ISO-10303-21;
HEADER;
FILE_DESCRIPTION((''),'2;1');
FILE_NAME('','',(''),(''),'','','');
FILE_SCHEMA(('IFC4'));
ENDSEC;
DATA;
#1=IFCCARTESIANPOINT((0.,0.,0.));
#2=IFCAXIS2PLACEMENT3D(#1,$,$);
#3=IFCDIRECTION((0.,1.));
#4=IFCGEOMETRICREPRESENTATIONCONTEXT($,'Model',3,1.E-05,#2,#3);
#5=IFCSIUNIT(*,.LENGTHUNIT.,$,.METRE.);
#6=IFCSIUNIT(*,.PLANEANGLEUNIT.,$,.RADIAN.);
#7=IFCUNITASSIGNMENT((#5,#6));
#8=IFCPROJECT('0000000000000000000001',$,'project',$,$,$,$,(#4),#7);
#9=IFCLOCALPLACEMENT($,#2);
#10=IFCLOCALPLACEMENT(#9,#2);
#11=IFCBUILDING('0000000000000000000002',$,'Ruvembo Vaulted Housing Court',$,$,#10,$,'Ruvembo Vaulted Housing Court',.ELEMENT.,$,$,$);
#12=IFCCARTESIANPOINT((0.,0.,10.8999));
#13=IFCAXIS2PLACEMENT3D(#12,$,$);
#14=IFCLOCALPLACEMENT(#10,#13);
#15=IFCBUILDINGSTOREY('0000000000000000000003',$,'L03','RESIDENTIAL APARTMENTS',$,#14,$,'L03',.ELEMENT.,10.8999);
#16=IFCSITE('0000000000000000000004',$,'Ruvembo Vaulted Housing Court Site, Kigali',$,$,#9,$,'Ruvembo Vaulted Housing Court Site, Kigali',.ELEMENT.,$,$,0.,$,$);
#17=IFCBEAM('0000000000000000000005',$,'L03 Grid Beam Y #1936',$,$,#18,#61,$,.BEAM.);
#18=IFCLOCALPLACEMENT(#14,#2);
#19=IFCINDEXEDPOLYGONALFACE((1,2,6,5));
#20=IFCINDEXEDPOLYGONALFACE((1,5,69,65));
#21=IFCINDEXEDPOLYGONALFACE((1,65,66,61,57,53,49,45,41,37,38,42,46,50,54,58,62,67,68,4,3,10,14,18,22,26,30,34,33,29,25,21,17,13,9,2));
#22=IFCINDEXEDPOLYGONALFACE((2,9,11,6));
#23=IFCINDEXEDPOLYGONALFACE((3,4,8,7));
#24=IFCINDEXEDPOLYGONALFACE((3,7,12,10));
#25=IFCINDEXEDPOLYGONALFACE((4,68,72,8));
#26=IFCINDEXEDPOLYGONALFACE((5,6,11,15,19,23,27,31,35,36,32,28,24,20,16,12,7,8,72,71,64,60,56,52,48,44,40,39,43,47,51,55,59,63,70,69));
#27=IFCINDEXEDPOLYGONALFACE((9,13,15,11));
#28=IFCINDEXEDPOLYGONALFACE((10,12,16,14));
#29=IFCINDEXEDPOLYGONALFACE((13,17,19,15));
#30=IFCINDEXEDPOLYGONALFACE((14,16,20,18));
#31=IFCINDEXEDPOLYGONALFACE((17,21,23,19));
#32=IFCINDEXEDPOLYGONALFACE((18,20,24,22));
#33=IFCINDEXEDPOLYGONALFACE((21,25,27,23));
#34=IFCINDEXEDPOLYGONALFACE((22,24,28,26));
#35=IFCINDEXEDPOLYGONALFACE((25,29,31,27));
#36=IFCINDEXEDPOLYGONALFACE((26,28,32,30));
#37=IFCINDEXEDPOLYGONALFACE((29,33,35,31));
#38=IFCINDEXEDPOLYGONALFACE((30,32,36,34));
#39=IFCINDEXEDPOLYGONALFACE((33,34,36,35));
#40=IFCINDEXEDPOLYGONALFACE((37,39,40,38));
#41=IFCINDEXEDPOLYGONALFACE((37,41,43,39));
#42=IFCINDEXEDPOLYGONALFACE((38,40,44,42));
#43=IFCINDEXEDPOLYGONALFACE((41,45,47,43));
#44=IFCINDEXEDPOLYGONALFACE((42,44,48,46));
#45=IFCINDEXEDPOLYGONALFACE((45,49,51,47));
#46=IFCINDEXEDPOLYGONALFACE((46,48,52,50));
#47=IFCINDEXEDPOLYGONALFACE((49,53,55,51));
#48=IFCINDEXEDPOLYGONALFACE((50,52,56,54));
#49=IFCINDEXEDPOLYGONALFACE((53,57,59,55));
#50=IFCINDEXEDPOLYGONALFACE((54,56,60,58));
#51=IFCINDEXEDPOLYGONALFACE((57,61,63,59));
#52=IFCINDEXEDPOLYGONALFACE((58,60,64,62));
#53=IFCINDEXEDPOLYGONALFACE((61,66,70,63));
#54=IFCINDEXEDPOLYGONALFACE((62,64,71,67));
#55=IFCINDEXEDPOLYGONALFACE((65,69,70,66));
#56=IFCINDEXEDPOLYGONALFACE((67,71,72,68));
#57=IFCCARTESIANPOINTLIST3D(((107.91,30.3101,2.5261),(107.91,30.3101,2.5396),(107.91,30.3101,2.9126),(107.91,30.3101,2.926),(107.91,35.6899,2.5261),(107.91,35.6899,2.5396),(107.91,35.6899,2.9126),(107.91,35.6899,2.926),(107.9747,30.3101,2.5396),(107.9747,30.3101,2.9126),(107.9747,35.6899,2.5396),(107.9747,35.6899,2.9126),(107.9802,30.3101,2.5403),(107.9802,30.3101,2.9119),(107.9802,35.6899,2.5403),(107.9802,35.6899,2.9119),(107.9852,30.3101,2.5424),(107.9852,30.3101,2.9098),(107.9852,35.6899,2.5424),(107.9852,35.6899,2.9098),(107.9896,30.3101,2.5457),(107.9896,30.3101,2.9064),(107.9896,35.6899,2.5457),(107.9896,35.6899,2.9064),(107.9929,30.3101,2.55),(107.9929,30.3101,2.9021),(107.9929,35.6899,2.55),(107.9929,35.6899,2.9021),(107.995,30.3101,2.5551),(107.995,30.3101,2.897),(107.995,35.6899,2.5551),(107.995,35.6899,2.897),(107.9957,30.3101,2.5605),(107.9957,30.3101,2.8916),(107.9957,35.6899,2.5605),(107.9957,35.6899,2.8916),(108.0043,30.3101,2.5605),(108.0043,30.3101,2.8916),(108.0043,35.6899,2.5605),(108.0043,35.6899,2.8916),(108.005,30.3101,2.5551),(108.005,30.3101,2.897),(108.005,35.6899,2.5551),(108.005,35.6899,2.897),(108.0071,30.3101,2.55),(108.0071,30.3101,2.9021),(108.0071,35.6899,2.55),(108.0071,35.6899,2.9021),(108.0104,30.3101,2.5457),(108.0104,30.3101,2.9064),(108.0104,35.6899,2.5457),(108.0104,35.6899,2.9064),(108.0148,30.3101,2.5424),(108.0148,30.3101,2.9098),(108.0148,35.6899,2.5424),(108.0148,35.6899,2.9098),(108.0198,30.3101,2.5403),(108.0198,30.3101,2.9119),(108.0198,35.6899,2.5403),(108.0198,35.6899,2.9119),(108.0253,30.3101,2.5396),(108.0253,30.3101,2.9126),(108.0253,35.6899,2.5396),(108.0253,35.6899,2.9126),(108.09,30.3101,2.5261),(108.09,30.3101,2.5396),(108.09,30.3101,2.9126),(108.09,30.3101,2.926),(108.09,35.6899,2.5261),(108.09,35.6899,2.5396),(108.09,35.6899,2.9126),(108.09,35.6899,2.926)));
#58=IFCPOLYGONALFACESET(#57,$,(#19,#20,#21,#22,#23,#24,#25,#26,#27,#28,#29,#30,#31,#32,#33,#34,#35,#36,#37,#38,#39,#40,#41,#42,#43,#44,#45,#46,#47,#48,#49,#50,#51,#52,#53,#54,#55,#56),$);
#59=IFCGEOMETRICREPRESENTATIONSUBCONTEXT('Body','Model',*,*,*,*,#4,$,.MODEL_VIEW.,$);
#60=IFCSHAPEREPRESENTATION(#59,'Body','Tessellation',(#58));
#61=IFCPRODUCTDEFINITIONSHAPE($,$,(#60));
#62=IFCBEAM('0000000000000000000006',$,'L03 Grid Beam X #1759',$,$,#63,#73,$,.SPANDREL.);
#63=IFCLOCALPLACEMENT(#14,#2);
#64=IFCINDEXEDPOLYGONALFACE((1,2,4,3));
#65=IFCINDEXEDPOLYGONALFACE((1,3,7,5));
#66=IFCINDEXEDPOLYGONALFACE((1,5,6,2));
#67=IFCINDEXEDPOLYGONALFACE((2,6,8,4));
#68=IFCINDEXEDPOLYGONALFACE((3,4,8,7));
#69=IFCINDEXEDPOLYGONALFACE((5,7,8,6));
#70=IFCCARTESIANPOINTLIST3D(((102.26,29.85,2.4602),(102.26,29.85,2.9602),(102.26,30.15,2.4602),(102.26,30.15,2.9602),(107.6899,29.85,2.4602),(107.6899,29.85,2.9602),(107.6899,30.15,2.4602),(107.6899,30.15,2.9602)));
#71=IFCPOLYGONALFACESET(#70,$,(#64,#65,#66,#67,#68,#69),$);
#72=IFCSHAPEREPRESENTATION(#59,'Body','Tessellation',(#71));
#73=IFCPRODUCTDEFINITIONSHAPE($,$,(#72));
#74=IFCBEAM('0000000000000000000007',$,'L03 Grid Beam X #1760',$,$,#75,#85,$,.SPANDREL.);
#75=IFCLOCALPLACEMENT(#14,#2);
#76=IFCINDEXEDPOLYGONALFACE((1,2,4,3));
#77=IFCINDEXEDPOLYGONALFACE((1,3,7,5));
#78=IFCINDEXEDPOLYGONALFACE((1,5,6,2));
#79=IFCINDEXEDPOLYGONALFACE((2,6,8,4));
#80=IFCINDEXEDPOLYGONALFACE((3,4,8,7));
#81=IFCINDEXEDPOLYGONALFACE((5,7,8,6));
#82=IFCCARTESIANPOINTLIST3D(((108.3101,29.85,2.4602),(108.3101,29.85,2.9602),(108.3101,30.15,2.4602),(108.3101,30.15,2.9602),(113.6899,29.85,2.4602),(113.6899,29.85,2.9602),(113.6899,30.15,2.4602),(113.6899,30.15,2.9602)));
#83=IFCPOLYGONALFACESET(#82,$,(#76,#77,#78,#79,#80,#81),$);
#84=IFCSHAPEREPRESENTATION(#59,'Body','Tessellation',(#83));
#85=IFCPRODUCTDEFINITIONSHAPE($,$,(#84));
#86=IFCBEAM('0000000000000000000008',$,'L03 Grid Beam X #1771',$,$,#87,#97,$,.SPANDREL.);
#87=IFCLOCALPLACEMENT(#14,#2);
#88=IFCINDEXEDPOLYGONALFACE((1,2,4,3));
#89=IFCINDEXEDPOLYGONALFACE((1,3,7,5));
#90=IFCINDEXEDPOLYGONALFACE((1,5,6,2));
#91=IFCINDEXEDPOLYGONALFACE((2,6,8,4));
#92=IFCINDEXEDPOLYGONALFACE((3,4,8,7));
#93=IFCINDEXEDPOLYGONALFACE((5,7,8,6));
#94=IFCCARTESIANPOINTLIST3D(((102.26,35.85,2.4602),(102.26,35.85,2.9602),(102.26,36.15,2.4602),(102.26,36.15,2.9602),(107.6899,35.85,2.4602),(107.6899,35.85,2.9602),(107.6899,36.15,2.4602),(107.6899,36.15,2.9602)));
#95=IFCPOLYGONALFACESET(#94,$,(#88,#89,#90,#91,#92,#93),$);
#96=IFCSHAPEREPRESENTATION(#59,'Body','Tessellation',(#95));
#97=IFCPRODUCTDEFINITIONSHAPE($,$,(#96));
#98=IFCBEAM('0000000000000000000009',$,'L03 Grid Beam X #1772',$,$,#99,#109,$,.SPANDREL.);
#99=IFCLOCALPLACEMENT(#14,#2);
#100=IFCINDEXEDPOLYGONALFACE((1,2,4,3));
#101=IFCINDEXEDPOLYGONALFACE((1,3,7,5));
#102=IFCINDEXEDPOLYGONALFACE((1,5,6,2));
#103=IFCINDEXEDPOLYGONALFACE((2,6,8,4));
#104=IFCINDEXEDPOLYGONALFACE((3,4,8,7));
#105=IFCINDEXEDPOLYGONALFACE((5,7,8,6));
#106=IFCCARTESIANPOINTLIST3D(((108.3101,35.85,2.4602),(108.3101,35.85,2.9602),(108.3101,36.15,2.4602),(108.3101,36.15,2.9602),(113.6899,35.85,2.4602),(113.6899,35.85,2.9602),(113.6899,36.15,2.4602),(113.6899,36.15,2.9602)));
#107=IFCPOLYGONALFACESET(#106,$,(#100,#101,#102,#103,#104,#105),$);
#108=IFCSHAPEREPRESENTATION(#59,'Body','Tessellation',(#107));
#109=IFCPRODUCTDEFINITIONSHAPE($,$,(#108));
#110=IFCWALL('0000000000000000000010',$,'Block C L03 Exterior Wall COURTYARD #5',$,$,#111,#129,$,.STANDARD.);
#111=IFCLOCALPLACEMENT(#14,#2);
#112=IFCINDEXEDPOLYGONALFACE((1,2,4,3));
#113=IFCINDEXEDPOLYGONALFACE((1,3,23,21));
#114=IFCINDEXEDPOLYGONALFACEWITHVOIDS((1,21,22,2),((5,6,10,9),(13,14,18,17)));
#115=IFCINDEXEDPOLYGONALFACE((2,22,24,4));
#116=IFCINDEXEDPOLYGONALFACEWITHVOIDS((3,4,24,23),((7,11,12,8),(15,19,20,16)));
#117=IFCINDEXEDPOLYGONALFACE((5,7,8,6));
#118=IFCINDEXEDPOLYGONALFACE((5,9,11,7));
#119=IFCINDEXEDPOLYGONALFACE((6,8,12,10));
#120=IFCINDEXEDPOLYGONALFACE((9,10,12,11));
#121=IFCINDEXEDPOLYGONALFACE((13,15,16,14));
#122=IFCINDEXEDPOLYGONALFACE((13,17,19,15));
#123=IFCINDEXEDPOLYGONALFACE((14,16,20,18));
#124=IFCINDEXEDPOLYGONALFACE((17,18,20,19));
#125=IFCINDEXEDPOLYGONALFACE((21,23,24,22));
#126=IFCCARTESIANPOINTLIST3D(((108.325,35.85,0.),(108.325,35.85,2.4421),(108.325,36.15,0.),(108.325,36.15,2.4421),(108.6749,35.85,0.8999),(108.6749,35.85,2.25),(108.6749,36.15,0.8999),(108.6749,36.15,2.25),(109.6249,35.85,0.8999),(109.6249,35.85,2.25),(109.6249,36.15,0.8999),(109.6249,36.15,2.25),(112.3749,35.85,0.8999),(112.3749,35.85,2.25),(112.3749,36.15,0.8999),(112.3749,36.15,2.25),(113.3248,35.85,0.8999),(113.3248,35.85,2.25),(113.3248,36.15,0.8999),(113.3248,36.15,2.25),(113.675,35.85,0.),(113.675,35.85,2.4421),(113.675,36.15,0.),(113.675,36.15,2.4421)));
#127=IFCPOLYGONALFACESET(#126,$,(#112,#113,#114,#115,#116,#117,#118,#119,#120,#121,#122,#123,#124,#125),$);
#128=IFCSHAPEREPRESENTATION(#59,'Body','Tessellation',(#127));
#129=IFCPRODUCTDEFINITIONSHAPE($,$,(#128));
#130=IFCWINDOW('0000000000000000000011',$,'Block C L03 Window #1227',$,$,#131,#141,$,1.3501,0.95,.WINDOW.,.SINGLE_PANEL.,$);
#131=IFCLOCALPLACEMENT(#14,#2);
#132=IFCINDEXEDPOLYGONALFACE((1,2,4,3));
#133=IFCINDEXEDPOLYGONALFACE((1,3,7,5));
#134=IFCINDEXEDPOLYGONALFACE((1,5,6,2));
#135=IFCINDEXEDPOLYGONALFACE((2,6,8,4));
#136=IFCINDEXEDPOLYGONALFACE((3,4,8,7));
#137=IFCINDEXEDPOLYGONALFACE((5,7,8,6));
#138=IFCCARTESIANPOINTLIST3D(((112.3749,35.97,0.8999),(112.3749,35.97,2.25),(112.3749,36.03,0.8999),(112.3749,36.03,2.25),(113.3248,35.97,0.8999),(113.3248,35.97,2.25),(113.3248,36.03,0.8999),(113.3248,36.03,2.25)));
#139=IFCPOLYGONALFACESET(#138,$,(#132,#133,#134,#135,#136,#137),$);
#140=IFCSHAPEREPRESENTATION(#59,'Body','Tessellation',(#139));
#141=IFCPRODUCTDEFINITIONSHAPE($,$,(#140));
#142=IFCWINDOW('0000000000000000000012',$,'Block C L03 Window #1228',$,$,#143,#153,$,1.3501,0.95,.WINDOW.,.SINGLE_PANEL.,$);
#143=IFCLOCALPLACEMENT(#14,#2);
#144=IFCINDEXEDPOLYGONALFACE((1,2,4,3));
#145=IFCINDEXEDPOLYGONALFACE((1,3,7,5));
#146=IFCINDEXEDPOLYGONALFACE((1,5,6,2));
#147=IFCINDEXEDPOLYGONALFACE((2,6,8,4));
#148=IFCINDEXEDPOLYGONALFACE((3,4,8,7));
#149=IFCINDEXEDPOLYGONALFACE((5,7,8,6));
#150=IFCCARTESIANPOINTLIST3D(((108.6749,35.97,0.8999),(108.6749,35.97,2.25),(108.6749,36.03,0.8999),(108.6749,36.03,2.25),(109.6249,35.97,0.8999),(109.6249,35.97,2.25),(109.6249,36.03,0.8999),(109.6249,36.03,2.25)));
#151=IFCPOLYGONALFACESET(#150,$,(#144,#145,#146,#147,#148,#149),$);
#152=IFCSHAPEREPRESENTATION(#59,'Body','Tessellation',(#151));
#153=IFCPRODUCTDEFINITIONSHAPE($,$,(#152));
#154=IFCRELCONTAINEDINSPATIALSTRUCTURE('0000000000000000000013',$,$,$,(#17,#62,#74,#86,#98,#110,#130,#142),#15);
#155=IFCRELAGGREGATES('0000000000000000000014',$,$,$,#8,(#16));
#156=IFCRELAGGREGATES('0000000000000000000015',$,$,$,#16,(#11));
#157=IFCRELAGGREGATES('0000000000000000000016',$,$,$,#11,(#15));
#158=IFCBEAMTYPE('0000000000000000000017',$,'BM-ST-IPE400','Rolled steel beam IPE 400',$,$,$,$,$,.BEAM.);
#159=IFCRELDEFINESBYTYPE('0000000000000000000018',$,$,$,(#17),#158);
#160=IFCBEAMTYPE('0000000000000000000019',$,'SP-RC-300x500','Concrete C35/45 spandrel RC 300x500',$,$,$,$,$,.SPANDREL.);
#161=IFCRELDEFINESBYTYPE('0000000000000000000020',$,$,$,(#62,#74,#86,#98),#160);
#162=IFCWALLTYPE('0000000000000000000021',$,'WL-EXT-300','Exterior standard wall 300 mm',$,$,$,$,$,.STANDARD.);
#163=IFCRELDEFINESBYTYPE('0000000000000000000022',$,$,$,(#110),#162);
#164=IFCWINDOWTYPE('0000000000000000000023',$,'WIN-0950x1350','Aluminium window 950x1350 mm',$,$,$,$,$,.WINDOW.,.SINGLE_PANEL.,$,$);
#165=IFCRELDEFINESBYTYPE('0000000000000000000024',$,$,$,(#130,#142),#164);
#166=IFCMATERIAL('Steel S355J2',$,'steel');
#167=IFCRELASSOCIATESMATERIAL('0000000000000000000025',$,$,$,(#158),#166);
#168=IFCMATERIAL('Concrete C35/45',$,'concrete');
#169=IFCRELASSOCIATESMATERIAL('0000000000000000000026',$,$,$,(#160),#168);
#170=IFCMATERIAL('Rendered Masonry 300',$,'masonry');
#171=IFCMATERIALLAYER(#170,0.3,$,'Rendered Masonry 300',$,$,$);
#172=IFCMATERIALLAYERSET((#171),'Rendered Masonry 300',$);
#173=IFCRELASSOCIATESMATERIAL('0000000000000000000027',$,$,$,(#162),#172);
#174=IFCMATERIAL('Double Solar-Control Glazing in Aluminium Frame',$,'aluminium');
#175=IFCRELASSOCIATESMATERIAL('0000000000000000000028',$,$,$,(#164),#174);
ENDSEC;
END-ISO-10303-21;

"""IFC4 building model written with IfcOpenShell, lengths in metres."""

from ifc_helpers import new_model, si_unit, direction, frame, frame_2d, origin, origin_2d, place, context, subcontext, project, spatial, rectangle, i_section, extrude, material, layer, layer_set, material_profile, profile_set, type_object, element, fill, save


model = new_model("IFC4")

# Units and contexts
model_context = context("Model", 3, precision=1e-05, world=origin(), true_north=direction((0.0, 1.0)))
body_context = subcontext(model_context, "Body", "Model", "MODEL_VIEW")
ifc_project = project(units=[si_unit("LENGTHUNIT", "METRE"), si_unit("PLANEANGLEUNIT", "RADIAN")], contexts=[model_context])

# Site, building, storey
site_placement = place(None, origin())
site = spatial("IfcSite", under=ifc_project, at=site_placement, Name="Ruvembo Vaulted Housing Court Site, Kigali", LongName="Ruvembo Vaulted Housing Court Site, Kigali", CompositionType="ELEMENT", RefElevation=0.0)
building_placement = place(site_placement, origin())
building = spatial("IfcBuilding", under=site, at=building_placement, Name="Ruvembo Vaulted Housing Court", LongName="Ruvembo Vaulted Housing Court", CompositionType="ELEMENT")
storey_placement = place(building_placement, frame((0.0, 0.0, 10.8999)))
storey = spatial("IfcBuildingStorey", under=building, at=storey_placement, Name="L03", Description="RESIDENTIAL APARTMENTS", LongName="L03", CompositionType="ELEMENT", Elevation=10.8999)

# Beams
ifc_material_1 = material(Name="Steel S355J2", Category="steel")
ifc_material_profile_1 = material_profile(ifc_material_1, i_section(OverallWidth=0.1799, OverallDepth=0.3999, WebThickness=0.0085, FlangeThickness=0.0134, FilletRadius=0.021, at=origin_2d()), Name="IPE 400")
ifc_profile_set_1 = profile_set([ifc_material_profile_1], Name="Steel S355J2")
beam_type_1 = type_object("IfcBeamType", Name="BM-ST-IPE400", Description="Rolled steel beam IPE 400", PredefinedType="BEAM", material=ifc_profile_set_1)
beam_1_placement = place(storey_placement, frame((108.0, 30.3101, 2.7261), z_axis=(0.0, 1.0, 0.0), x_axis=(-1.0, 0.0, 0.0)))
element("IfcBeam", 1, at=beam_1_placement, inside=storey, type_object=beam_type_1, Name="L03 Grid Beam Y #1936", PredefinedType="BEAM", context=body_context, shape_type="SweptSolid", body=[
    extrude(i_section(OverallWidth=0.1799, OverallDepth=0.3999, WebThickness=0.0085, FlangeThickness=0.0134, FilletRadius=0.021, at=origin_2d()), origin(), (0.0, 0.0, 1.0), 5.3799),
])
ifc_material_2 = material(Name="Concrete C35/45", Category="concrete")
ifc_material_profile_2 = material_profile(ifc_material_2, rectangle(XDim=0.3, YDim=0.5, at=origin_2d()), Name="RC 300x500")
ifc_profile_set_2 = profile_set([ifc_material_profile_2], Name="Concrete C35/45")
beam_type_2 = type_object("IfcBeamType", Name="SP-RC-300x500", Description="Concrete C35/45 spandrel RC 300x500", PredefinedType="SPANDREL", material=ifc_profile_set_2)
beam_2_placement = place(storey_placement, frame((102.26, 30.0, 2.7102), z_axis=(1.0, 0.0, 0.0), x_axis=(0.0, 1.0, 0.0)))
element("IfcBeam", 2, at=beam_2_placement, inside=storey, type_object=beam_type_2, Name="L03 Grid Beam X #1759", PredefinedType="SPANDREL", context=body_context, shape_type="SweptSolid", body=[
    extrude(rectangle(XDim=0.3, YDim=0.5, at=origin_2d()), origin(), (0.0, 0.0, 1.0), 5.4299),
])
beam_3_placement = place(storey_placement, frame((108.3101, 30.0, 2.7102), z_axis=(1.0, 0.0, 0.0), x_axis=(0.0, 1.0, 0.0)))
element("IfcBeam", 3, at=beam_3_placement, inside=storey, type_object=beam_type_2, Name="L03 Grid Beam X #1760", PredefinedType="SPANDREL", context=body_context, shape_type="SweptSolid", body=[
    extrude(rectangle(XDim=0.3, YDim=0.5, at=origin_2d()), origin(), (0.0, 0.0, 1.0), 5.3799),
])
beam_4_placement = place(storey_placement, frame((102.26, 36.0, 2.7102), z_axis=(1.0, 0.0, 0.0), x_axis=(0.0, 1.0, 0.0)))
element("IfcBeam", 4, at=beam_4_placement, inside=storey, type_object=beam_type_2, Name="L03 Grid Beam X #1771", PredefinedType="SPANDREL", context=body_context, shape_type="SweptSolid", body=[
    extrude(rectangle(XDim=0.3, YDim=0.5, at=origin_2d()), origin(), (0.0, 0.0, 1.0), 5.4299),
])
beam_5_placement = place(storey_placement, frame((108.3101, 36.0, 2.7102), z_axis=(1.0, 0.0, 0.0), x_axis=(0.0, 1.0, 0.0)))
element("IfcBeam", 5, at=beam_5_placement, inside=storey, type_object=beam_type_2, Name="L03 Grid Beam X #1772", PredefinedType="SPANDREL", context=body_context, shape_type="SweptSolid", body=[
    extrude(rectangle(XDim=0.3, YDim=0.5, at=origin_2d()), origin(), (0.0, 0.0, 1.0), 5.3799),
])

# Wall, openings, windows
ifc_material_3 = material(Name="Rendered Masonry 300", Category="masonry")
ifc_layer_1 = layer(ifc_material_3, 0.3, Name="Rendered Masonry 300")
ifc_layer_set_1 = layer_set([ifc_layer_1], Name="Rendered Masonry 300")
wall_type_1 = type_object("IfcWallType", Name="WL-EXT-300", Description="Exterior standard wall 300 mm", PredefinedType="STANDARD", material=ifc_layer_set_1)
wall_1_placement = place(storey_placement, frame((113.675, 36.0, 0.0), z_axis=(0.0, 0.0, 1.0), x_axis=(-1.0, 0.0, 0.0)))
wall_1 = element("IfcWall", 6, at=wall_1_placement, inside=storey, type_object=wall_type_1, Name="Block C L03 Exterior Wall COURTYARD #5", PredefinedType="STANDARD", context=body_context, shape_type="SweptSolid", body=[
    extrude(rectangle(XDim=5.3501, YDim=0.3, at=frame_2d((2.675, 0.0))), origin(), (0.0, 0.0, 1.0), 2.4421),
])
opening_1_placement = place(wall_1_placement, frame((0.3501, 0.0, 0.8999)))
opening_1 = element("IfcOpeningElement", 7, at=opening_1_placement, cuts=wall_1, PredefinedType="OPENING", context=body_context, shape_type="SweptSolid", body=[
    extrude(rectangle(XDim=0.95, YDim=1.3501, at=frame_2d((0.4751, 0.675))), frame((0.0, 0.1599, 0.0), z_axis=(0.0, -1.0, 0.0), x_axis=(1.0, 0.0, 0.0)), (0.0, 0.0, 1.0), 0.3201),
])
opening_2_placement = place(wall_1_placement, frame((4.05, 0.0, 0.8999)))
opening_2 = element("IfcOpeningElement", 8, at=opening_2_placement, cuts=wall_1, PredefinedType="OPENING", context=body_context, shape_type="SweptSolid", body=[
    extrude(rectangle(XDim=0.95, YDim=1.3501, at=frame_2d((0.4751, 0.675))), frame((0.0, 0.1599, 0.0), z_axis=(0.0, -1.0, 0.0), x_axis=(1.0, 0.0, 0.0)), (0.0, 0.0, 1.0), 0.3201),
])
ifc_material_4 = material(Name="Double Solar-Control Glazing in Aluminium Frame", Category="aluminium")
window_type_1 = type_object("IfcWindowType", Name="WIN-0950x1350", Description="Aluminium window 950x1350 mm", PartitioningType="SINGLE_PANEL", PredefinedType="WINDOW", material=ifc_material_4)
window_1_placement = place(opening_1_placement, origin())
window_1 = element("IfcWindow", 9, at=window_1_placement, inside=storey, type_object=window_type_1, Name="Block C L03 Window #1227", OverallHeight=1.3501, OverallWidth=0.95, PartitioningType="SINGLE_PANEL", PredefinedType="WINDOW", context=body_context, shape_type="SweptSolid", body=[
    extrude(rectangle(XDim=0.95, YDim=1.3501, at=frame_2d((0.4751, 0.675))), frame((0.0, 0.03, 0.0), z_axis=(0.0, -1.0, 0.0), x_axis=(1.0, 0.0, 0.0)), (0.0, 0.0, 1.0), 0.0601),
])
fill(opening_1, window_1)
window_2_placement = place(opening_2_placement, origin())
window_2 = element("IfcWindow", 10, at=window_2_placement, inside=storey, type_object=window_type_1, Name="Block C L03 Window #1228", OverallHeight=1.3501, OverallWidth=0.95, PartitioningType="SINGLE_PANEL", PredefinedType="WINDOW", context=body_context, shape_type="SweptSolid", body=[
    extrude(rectangle(XDim=0.95, YDim=1.3501, at=frame_2d((0.4751, 0.675))), frame((0.0, 0.03, 0.0), z_axis=(0.0, -1.0, 0.0), x_axis=(1.0, 0.0, 0.0)), (0.0, 0.0, 1.0), 0.0601),
])
fill(opening_2, window_2)

save(model, "model.ifc")
